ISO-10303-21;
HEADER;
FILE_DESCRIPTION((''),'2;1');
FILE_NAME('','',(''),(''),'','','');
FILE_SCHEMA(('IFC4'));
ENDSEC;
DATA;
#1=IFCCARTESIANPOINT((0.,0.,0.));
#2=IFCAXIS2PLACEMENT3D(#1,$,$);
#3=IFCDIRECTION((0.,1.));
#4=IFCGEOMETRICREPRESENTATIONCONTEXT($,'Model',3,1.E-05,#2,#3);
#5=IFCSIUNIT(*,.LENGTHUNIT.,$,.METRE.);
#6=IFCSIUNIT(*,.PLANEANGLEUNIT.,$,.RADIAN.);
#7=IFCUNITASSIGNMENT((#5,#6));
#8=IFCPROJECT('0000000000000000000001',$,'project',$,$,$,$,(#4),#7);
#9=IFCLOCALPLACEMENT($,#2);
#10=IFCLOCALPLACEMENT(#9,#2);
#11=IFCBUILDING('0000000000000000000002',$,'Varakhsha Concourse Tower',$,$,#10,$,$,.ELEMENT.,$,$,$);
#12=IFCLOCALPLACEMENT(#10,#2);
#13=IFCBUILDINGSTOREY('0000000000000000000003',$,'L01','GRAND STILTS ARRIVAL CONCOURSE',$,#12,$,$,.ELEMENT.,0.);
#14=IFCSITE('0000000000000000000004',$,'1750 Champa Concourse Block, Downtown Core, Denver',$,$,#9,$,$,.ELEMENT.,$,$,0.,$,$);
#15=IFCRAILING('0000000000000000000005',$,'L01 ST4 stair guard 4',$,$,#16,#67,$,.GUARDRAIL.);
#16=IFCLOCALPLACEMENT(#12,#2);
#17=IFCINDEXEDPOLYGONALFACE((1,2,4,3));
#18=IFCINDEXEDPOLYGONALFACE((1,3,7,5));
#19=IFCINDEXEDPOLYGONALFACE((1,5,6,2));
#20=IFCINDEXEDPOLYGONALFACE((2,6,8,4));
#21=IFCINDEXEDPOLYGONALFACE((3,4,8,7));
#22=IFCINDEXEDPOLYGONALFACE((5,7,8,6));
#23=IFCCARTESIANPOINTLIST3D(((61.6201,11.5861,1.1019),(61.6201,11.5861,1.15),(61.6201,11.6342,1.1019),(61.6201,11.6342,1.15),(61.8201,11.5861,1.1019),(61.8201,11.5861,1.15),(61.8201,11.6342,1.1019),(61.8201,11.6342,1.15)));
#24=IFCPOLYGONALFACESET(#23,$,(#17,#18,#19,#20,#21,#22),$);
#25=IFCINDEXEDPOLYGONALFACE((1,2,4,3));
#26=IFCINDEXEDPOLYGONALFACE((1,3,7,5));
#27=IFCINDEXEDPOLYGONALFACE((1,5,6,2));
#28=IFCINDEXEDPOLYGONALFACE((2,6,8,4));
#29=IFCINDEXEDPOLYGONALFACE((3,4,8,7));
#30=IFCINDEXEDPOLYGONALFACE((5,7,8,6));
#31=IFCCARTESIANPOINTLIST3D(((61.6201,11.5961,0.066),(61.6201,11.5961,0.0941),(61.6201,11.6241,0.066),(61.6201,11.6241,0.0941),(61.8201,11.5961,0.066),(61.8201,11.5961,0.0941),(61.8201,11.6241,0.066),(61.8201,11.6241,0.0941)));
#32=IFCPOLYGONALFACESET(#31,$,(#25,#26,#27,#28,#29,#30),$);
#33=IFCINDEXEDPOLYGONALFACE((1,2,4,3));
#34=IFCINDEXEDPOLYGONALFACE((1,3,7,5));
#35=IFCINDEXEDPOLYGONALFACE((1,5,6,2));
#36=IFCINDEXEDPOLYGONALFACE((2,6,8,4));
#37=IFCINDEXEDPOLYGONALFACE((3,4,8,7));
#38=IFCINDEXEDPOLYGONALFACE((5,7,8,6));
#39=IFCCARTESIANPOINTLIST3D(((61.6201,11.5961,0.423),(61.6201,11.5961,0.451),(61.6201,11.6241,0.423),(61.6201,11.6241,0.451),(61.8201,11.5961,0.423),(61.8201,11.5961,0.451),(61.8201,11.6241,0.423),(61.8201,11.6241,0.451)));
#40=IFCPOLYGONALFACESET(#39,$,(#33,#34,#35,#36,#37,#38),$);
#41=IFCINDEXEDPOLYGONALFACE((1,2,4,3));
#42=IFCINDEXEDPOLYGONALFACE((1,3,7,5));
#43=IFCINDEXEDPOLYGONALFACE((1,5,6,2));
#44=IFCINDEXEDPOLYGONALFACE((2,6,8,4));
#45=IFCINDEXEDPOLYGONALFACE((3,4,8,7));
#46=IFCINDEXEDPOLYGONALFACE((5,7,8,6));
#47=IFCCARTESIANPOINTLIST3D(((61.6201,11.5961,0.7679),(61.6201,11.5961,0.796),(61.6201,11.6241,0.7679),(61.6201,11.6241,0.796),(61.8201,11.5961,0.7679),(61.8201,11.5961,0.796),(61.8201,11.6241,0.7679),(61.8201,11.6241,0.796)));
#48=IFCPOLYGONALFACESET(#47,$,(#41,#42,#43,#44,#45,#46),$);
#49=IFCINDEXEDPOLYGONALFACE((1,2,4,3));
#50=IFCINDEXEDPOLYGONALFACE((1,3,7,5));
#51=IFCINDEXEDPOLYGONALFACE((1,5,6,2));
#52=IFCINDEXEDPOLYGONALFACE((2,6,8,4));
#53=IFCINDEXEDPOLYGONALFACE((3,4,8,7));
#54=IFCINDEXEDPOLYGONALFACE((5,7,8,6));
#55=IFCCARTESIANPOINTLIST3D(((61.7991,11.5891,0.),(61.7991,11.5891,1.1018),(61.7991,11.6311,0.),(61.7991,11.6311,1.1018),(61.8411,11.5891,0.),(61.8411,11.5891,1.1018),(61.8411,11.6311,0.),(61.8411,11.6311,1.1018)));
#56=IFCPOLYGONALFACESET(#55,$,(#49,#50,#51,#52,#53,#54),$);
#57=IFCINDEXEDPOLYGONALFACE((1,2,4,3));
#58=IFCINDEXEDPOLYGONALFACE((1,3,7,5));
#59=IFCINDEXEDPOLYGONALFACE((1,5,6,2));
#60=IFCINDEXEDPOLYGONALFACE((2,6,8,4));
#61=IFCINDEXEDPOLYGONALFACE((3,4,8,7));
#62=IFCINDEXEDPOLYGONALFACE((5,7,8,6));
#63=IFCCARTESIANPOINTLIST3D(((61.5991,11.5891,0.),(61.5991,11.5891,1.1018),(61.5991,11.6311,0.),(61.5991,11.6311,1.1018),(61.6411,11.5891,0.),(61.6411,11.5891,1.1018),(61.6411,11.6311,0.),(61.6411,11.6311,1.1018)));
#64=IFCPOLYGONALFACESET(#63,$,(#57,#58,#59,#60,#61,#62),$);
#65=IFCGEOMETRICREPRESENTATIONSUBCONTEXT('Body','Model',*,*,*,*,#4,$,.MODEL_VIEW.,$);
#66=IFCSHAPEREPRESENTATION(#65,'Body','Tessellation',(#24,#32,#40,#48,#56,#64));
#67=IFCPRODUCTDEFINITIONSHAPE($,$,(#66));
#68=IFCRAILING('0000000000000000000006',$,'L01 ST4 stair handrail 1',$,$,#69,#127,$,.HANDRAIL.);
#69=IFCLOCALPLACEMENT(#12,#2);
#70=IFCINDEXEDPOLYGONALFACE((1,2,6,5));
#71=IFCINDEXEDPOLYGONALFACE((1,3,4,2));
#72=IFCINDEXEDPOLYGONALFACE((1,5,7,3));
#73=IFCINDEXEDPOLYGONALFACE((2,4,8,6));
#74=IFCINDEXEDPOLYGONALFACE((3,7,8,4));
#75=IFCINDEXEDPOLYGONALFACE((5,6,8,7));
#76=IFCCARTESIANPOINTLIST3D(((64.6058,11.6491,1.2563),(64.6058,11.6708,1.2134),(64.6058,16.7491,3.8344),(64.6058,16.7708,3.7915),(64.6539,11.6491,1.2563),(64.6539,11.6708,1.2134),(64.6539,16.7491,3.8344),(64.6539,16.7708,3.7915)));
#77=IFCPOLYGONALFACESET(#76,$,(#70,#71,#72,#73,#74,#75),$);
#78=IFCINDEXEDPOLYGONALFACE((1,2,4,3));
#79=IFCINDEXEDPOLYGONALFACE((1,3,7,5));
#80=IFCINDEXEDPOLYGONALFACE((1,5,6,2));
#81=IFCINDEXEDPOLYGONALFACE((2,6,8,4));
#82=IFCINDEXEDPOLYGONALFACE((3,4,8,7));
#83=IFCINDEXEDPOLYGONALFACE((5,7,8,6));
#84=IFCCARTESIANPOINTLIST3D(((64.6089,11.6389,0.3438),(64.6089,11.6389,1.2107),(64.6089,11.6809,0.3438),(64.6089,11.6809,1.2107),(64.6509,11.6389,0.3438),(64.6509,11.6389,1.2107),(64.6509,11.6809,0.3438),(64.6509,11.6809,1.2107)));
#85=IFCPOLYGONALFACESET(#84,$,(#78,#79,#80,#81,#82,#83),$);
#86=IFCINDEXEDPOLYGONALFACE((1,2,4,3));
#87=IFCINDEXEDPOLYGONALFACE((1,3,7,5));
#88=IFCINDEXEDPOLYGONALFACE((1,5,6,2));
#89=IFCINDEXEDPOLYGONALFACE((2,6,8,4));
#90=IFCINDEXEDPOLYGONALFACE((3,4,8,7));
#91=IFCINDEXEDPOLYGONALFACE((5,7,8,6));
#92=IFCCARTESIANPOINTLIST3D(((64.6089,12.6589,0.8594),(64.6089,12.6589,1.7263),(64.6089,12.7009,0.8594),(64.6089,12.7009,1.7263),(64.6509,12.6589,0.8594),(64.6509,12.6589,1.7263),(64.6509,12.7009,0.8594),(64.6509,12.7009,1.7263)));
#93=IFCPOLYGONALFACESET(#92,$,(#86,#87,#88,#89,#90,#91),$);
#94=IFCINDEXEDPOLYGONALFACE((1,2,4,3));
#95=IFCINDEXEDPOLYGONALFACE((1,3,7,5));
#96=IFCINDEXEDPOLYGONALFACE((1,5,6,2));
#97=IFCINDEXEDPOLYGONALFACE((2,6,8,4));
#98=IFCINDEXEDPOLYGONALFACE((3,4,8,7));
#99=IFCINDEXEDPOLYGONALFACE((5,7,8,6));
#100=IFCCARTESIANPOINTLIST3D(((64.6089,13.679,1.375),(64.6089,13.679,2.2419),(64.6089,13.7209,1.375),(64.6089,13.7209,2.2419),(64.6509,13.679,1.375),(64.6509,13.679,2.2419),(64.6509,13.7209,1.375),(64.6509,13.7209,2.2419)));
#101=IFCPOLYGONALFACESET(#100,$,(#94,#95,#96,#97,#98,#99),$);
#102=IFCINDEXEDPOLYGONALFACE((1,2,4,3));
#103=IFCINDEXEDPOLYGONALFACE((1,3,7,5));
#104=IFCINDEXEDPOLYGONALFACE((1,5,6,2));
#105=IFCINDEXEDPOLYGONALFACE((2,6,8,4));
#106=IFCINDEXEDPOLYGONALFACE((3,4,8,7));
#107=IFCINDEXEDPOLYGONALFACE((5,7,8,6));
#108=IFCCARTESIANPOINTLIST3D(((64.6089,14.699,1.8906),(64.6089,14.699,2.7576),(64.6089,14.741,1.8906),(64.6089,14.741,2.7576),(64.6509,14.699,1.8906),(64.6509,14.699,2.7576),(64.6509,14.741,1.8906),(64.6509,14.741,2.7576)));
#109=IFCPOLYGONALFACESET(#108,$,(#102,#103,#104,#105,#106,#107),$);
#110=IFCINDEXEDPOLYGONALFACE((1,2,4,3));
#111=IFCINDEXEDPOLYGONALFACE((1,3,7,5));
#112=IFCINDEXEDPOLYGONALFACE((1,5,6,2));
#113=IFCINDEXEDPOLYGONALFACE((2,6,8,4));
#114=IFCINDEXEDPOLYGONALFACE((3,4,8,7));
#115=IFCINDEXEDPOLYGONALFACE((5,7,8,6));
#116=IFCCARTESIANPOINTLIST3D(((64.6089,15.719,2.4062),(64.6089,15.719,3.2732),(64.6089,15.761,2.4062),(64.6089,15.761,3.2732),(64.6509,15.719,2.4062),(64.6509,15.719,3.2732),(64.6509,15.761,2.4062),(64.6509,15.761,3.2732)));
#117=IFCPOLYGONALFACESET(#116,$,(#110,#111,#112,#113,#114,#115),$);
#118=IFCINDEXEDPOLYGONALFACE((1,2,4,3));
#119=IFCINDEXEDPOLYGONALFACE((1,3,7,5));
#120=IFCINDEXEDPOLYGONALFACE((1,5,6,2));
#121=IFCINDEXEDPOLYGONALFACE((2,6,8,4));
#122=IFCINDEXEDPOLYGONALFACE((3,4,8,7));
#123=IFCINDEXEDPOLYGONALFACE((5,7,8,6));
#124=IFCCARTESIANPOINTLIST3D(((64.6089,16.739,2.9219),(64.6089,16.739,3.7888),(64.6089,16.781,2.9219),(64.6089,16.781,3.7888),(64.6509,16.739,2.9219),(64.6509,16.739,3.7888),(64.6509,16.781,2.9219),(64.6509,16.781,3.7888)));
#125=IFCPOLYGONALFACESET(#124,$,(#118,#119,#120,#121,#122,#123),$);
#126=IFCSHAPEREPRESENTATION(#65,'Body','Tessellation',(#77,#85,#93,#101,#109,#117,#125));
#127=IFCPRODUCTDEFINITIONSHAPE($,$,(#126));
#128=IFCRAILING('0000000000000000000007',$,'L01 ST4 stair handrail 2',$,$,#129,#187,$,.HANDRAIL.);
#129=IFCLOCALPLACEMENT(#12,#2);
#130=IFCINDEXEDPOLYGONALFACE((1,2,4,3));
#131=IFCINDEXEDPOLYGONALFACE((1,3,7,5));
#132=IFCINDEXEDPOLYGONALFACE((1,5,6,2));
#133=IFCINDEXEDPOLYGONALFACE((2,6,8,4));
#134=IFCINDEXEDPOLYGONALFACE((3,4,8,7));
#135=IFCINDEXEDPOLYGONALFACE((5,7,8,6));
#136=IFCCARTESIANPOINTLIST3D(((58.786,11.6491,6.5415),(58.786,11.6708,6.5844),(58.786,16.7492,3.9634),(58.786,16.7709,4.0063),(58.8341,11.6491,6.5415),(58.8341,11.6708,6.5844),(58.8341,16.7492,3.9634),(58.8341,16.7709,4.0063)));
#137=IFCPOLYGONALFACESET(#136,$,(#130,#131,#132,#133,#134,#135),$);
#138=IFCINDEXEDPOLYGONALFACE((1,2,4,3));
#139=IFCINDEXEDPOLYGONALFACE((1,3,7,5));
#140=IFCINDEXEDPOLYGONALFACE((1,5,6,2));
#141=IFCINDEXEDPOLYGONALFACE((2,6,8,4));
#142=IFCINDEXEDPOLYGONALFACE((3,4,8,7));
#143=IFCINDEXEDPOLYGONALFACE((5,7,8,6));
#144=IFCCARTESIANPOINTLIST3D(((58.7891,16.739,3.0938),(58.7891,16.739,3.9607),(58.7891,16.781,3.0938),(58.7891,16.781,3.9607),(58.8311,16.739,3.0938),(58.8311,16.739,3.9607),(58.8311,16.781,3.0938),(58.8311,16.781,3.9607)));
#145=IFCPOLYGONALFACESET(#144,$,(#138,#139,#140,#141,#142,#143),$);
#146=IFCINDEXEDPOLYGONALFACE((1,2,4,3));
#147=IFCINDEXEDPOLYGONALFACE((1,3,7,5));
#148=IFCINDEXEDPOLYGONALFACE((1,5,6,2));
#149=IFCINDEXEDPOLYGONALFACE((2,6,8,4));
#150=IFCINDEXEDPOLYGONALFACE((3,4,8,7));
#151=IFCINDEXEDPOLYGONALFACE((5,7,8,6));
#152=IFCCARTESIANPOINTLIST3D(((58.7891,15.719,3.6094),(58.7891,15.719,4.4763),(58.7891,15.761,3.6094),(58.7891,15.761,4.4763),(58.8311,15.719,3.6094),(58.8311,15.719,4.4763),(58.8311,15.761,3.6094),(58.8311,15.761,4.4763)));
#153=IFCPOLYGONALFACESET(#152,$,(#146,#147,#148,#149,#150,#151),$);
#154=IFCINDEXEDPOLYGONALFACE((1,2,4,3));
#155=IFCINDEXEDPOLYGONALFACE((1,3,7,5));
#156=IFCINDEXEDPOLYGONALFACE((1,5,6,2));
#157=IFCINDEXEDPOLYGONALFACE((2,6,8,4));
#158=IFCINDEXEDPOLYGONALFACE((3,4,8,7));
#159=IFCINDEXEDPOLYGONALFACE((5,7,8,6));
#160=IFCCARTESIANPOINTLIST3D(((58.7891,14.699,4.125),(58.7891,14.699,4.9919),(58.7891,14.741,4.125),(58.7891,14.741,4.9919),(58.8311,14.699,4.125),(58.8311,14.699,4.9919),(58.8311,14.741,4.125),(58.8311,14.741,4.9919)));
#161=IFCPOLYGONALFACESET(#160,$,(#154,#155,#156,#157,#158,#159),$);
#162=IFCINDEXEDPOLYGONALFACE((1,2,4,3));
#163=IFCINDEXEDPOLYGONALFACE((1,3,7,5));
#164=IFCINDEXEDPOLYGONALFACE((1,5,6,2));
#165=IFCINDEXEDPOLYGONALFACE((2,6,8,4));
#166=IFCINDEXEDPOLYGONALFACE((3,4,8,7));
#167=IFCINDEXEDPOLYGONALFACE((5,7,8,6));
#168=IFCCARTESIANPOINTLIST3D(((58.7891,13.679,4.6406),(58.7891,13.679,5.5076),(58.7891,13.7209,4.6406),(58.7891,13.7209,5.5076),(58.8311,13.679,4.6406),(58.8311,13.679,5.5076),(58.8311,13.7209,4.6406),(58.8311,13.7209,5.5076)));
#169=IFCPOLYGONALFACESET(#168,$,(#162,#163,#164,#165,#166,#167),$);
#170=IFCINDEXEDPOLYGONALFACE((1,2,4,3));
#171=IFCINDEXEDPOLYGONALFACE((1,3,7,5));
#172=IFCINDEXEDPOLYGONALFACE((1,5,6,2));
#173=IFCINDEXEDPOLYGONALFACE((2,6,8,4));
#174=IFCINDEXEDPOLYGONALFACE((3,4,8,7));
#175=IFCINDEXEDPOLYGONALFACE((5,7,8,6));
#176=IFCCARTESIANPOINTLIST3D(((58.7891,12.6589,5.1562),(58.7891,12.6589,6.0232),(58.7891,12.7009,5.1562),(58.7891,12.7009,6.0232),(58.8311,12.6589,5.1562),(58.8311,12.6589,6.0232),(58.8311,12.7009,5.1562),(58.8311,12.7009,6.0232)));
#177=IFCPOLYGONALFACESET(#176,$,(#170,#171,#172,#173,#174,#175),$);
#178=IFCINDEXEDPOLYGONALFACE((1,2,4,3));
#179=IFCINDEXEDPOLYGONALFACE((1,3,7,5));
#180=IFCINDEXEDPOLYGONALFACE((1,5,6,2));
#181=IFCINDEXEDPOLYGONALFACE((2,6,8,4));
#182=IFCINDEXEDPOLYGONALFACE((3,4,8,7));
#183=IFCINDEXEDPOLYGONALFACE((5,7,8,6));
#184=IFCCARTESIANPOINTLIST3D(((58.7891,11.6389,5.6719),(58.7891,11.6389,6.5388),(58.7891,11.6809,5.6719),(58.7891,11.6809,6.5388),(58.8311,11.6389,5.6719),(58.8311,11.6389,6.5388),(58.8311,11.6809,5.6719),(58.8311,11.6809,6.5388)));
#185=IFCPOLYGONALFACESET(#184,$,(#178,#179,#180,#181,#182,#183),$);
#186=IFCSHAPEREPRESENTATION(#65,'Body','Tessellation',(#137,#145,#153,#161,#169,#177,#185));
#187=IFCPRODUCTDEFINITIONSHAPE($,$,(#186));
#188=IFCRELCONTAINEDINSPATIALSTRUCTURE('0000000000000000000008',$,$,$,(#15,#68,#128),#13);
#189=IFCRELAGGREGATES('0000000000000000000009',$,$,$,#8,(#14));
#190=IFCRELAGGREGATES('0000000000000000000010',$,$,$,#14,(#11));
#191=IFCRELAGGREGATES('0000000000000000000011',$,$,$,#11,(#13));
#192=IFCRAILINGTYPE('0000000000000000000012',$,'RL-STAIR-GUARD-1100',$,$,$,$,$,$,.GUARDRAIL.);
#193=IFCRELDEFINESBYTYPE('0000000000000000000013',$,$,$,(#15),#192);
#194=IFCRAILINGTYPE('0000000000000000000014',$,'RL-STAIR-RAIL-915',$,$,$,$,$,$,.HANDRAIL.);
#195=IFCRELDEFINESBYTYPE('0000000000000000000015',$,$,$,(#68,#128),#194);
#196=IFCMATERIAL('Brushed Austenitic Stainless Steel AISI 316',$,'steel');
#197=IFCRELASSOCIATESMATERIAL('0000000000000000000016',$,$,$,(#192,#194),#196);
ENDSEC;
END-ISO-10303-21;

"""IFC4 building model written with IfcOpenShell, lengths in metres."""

from ifc_helpers import new_model, si_unit, direction, frame, origin, origin_2d, place, context, subcontext, project, spatial, rectangle, extrude, material, type_object, element, save


model = new_model("IFC4")

# Units and contexts
model_context = context("Model", 3, precision=1e-05, world=origin(), true_north=direction((0.0, 1.0)))
body_context = subcontext(model_context, "Body", "Model", "MODEL_VIEW")
ifc_project = project(units=[si_unit("LENGTHUNIT", "METRE"), si_unit("PLANEANGLEUNIT", "RADIAN")], contexts=[model_context])

# Site, building, storey
site_placement = place(None, origin())
site = spatial("IfcSite", under=ifc_project, at=site_placement, Name="1750 Champa Concourse Block, Downtown Core, Denver", CompositionType="ELEMENT", RefElevation=0.0)
building_placement = place(site_placement, origin())
building = spatial("IfcBuilding", under=site, at=building_placement, Name="Varakhsha Concourse Tower", CompositionType="ELEMENT")
storey_placement = place(building_placement, origin())
storey = spatial("IfcBuildingStorey", under=building, at=storey_placement, Name="L01", Description="GRAND STILTS ARRIVAL CONCOURSE", CompositionType="ELEMENT", Elevation=0.0)

# Railings
ifc_material_1 = material(Name="Brushed Austenitic Stainless Steel AISI 316", Category="steel")
railing_type_1 = type_object("IfcRailingType", Name="RL-STAIR-GUARD-1100", PredefinedType="GUARDRAIL", material=ifc_material_1)
railing_1_placement = place(storey_placement, frame((61.8201, 11.6101, 0.0)))
element("IfcRailing", 1, at=railing_1_placement, inside=storey, type_object=railing_type_1, Name="L01 ST4 stair guard 4", PredefinedType="GUARDRAIL", context=body_context, shape_type="SweptSolid", body=[
    extrude(rectangle(XDim=0.0481, YDim=0.0481, at=origin_2d()), frame((0.0, 0.0, 1.126), z_axis=(-1.0, 0.0, 0.0), x_axis=(0.0, -1.0, 0.0)), (0.0, 0.0, 1.0), 0.2),
    extrude(rectangle(XDim=0.0281, YDim=0.0281, at=origin_2d()), frame((0.0, 0.0, 0.0801), z_axis=(-1.0, 0.0, 0.0), x_axis=(0.0, -1.0, 0.0)), (0.0, 0.0, 1.0), 0.2),
    extrude(rectangle(XDim=0.0281, YDim=0.0281, at=origin_2d()), frame((0.0, 0.0, 0.437), z_axis=(-1.0, 0.0, 0.0), x_axis=(0.0, -1.0, 0.0)), (0.0, 0.0, 1.0), 0.2),
    extrude(rectangle(XDim=0.0281, YDim=0.0281, at=origin_2d()), frame((0.0, 0.0, 0.782), z_axis=(-1.0, 0.0, 0.0), x_axis=(0.0, -1.0, 0.0)), (0.0, 0.0, 1.0), 0.2),
    extrude(rectangle(XDim=0.042, YDim=0.042, at=origin_2d()), origin(), (0.0, 0.0, 1.0), 1.1018),
    extrude(rectangle(XDim=0.042, YDim=0.042, at=origin_2d()), frame((-0.2, 0.0, 0.0)), (0.0, 0.0, 1.0), 1.1018),
])
railing_type_2 = type_object("IfcRailingType", Name="RL-STAIR-RAIL-915", PredefinedType="HANDRAIL", material=ifc_material_1)
railing_2_placement = place(storey_placement, frame((64.6299, 11.6599, 0.3438)))
element("IfcRailing", 2, at=railing_2_placement, inside=storey, type_object=railing_type_2, Name="L01 ST4 stair handrail 1", PredefinedType="HANDRAIL", context=body_context, shape_type="SweptSolid", body=[
    extrude(rectangle(XDim=0.0481, YDim=0.0481, at=origin_2d()), frame((0.0, 0.0, 0.8911), z_axis=(0.0, 0.892453, 0.45114), x_axis=(-1.0, 0.0, 0.0)), (0.0, 0.0, 1.0), 5.7146),
    extrude(rectangle(XDim=0.042, YDim=0.042, at=origin_2d()), origin(), (0.0, 0.0, 1.0), 0.8669),
    extrude(rectangle(XDim=0.042, YDim=0.042, at=origin_2d()), frame((0.0, 1.02, 0.5156)), (0.0, 0.0, 1.0), 0.8669),
    extrude(rectangle(XDim=0.042, YDim=0.042, at=origin_2d()), frame((0.0, 2.04, 1.0312)), (0.0, 0.0, 1.0), 0.8669),
    extrude(rectangle(XDim=0.042, YDim=0.042, at=origin_2d()), frame((0.0, 3.0601, 1.5469)), (0.0, 0.0, 1.0), 0.8669),
    extrude(rectangle(XDim=0.042, YDim=0.042, at=origin_2d()), frame((0.0, 4.0801, 2.0625)), (0.0, 0.0, 1.0), 0.8669),
    extrude(rectangle(XDim=0.042, YDim=0.042, at=origin_2d()), frame((0.0, 5.1001, 2.5781)), (0.0, 0.0, 1.0), 0.8669),
])
railing_3_placement = place(storey_placement, frame((58.8101, 16.76, 3.0938)))
element("IfcRailing", 3, at=railing_3_placement, inside=storey, type_object=railing_type_2, Name="L01 ST4 stair handrail 2", PredefinedType="HANDRAIL", context=body_context, shape_type="SweptSolid", body=[
    extrude(rectangle(XDim=0.0481, YDim=0.0481, at=origin_2d()), frame((0.0, 0.0, 0.8911), z_axis=(0.0, -0.892453, 0.45114), x_axis=(1.0, 0.0, 0.0)), (0.0, 0.0, 1.0), 5.7146),
    extrude(rectangle(XDim=0.042, YDim=0.042, at=origin_2d()), origin(), (0.0, 0.0, 1.0), 0.8669),
    extrude(rectangle(XDim=0.042, YDim=0.042, at=origin_2d()), frame((0.0, -1.02, 0.5156)), (0.0, 0.0, 1.0), 0.8669),
    extrude(rectangle(XDim=0.042, YDim=0.042, at=origin_2d()), frame((0.0, -2.04, 1.0312)), (0.0, 0.0, 1.0), 0.8669),
    extrude(rectangle(XDim=0.042, YDim=0.042, at=origin_2d()), frame((0.0, -3.0601, 1.5469)), (0.0, 0.0, 1.0), 0.8669),
    extrude(rectangle(XDim=0.042, YDim=0.042, at=origin_2d()), frame((0.0, -4.0801, 2.0625)), (0.0, 0.0, 1.0), 0.8669),
    extrude(rectangle(XDim=0.042, YDim=0.042, at=origin_2d()), frame((0.0, -5.1001, 2.5781)), (0.0, 0.0, 1.0), 0.8669),
])

save(model, "model.ifc")
